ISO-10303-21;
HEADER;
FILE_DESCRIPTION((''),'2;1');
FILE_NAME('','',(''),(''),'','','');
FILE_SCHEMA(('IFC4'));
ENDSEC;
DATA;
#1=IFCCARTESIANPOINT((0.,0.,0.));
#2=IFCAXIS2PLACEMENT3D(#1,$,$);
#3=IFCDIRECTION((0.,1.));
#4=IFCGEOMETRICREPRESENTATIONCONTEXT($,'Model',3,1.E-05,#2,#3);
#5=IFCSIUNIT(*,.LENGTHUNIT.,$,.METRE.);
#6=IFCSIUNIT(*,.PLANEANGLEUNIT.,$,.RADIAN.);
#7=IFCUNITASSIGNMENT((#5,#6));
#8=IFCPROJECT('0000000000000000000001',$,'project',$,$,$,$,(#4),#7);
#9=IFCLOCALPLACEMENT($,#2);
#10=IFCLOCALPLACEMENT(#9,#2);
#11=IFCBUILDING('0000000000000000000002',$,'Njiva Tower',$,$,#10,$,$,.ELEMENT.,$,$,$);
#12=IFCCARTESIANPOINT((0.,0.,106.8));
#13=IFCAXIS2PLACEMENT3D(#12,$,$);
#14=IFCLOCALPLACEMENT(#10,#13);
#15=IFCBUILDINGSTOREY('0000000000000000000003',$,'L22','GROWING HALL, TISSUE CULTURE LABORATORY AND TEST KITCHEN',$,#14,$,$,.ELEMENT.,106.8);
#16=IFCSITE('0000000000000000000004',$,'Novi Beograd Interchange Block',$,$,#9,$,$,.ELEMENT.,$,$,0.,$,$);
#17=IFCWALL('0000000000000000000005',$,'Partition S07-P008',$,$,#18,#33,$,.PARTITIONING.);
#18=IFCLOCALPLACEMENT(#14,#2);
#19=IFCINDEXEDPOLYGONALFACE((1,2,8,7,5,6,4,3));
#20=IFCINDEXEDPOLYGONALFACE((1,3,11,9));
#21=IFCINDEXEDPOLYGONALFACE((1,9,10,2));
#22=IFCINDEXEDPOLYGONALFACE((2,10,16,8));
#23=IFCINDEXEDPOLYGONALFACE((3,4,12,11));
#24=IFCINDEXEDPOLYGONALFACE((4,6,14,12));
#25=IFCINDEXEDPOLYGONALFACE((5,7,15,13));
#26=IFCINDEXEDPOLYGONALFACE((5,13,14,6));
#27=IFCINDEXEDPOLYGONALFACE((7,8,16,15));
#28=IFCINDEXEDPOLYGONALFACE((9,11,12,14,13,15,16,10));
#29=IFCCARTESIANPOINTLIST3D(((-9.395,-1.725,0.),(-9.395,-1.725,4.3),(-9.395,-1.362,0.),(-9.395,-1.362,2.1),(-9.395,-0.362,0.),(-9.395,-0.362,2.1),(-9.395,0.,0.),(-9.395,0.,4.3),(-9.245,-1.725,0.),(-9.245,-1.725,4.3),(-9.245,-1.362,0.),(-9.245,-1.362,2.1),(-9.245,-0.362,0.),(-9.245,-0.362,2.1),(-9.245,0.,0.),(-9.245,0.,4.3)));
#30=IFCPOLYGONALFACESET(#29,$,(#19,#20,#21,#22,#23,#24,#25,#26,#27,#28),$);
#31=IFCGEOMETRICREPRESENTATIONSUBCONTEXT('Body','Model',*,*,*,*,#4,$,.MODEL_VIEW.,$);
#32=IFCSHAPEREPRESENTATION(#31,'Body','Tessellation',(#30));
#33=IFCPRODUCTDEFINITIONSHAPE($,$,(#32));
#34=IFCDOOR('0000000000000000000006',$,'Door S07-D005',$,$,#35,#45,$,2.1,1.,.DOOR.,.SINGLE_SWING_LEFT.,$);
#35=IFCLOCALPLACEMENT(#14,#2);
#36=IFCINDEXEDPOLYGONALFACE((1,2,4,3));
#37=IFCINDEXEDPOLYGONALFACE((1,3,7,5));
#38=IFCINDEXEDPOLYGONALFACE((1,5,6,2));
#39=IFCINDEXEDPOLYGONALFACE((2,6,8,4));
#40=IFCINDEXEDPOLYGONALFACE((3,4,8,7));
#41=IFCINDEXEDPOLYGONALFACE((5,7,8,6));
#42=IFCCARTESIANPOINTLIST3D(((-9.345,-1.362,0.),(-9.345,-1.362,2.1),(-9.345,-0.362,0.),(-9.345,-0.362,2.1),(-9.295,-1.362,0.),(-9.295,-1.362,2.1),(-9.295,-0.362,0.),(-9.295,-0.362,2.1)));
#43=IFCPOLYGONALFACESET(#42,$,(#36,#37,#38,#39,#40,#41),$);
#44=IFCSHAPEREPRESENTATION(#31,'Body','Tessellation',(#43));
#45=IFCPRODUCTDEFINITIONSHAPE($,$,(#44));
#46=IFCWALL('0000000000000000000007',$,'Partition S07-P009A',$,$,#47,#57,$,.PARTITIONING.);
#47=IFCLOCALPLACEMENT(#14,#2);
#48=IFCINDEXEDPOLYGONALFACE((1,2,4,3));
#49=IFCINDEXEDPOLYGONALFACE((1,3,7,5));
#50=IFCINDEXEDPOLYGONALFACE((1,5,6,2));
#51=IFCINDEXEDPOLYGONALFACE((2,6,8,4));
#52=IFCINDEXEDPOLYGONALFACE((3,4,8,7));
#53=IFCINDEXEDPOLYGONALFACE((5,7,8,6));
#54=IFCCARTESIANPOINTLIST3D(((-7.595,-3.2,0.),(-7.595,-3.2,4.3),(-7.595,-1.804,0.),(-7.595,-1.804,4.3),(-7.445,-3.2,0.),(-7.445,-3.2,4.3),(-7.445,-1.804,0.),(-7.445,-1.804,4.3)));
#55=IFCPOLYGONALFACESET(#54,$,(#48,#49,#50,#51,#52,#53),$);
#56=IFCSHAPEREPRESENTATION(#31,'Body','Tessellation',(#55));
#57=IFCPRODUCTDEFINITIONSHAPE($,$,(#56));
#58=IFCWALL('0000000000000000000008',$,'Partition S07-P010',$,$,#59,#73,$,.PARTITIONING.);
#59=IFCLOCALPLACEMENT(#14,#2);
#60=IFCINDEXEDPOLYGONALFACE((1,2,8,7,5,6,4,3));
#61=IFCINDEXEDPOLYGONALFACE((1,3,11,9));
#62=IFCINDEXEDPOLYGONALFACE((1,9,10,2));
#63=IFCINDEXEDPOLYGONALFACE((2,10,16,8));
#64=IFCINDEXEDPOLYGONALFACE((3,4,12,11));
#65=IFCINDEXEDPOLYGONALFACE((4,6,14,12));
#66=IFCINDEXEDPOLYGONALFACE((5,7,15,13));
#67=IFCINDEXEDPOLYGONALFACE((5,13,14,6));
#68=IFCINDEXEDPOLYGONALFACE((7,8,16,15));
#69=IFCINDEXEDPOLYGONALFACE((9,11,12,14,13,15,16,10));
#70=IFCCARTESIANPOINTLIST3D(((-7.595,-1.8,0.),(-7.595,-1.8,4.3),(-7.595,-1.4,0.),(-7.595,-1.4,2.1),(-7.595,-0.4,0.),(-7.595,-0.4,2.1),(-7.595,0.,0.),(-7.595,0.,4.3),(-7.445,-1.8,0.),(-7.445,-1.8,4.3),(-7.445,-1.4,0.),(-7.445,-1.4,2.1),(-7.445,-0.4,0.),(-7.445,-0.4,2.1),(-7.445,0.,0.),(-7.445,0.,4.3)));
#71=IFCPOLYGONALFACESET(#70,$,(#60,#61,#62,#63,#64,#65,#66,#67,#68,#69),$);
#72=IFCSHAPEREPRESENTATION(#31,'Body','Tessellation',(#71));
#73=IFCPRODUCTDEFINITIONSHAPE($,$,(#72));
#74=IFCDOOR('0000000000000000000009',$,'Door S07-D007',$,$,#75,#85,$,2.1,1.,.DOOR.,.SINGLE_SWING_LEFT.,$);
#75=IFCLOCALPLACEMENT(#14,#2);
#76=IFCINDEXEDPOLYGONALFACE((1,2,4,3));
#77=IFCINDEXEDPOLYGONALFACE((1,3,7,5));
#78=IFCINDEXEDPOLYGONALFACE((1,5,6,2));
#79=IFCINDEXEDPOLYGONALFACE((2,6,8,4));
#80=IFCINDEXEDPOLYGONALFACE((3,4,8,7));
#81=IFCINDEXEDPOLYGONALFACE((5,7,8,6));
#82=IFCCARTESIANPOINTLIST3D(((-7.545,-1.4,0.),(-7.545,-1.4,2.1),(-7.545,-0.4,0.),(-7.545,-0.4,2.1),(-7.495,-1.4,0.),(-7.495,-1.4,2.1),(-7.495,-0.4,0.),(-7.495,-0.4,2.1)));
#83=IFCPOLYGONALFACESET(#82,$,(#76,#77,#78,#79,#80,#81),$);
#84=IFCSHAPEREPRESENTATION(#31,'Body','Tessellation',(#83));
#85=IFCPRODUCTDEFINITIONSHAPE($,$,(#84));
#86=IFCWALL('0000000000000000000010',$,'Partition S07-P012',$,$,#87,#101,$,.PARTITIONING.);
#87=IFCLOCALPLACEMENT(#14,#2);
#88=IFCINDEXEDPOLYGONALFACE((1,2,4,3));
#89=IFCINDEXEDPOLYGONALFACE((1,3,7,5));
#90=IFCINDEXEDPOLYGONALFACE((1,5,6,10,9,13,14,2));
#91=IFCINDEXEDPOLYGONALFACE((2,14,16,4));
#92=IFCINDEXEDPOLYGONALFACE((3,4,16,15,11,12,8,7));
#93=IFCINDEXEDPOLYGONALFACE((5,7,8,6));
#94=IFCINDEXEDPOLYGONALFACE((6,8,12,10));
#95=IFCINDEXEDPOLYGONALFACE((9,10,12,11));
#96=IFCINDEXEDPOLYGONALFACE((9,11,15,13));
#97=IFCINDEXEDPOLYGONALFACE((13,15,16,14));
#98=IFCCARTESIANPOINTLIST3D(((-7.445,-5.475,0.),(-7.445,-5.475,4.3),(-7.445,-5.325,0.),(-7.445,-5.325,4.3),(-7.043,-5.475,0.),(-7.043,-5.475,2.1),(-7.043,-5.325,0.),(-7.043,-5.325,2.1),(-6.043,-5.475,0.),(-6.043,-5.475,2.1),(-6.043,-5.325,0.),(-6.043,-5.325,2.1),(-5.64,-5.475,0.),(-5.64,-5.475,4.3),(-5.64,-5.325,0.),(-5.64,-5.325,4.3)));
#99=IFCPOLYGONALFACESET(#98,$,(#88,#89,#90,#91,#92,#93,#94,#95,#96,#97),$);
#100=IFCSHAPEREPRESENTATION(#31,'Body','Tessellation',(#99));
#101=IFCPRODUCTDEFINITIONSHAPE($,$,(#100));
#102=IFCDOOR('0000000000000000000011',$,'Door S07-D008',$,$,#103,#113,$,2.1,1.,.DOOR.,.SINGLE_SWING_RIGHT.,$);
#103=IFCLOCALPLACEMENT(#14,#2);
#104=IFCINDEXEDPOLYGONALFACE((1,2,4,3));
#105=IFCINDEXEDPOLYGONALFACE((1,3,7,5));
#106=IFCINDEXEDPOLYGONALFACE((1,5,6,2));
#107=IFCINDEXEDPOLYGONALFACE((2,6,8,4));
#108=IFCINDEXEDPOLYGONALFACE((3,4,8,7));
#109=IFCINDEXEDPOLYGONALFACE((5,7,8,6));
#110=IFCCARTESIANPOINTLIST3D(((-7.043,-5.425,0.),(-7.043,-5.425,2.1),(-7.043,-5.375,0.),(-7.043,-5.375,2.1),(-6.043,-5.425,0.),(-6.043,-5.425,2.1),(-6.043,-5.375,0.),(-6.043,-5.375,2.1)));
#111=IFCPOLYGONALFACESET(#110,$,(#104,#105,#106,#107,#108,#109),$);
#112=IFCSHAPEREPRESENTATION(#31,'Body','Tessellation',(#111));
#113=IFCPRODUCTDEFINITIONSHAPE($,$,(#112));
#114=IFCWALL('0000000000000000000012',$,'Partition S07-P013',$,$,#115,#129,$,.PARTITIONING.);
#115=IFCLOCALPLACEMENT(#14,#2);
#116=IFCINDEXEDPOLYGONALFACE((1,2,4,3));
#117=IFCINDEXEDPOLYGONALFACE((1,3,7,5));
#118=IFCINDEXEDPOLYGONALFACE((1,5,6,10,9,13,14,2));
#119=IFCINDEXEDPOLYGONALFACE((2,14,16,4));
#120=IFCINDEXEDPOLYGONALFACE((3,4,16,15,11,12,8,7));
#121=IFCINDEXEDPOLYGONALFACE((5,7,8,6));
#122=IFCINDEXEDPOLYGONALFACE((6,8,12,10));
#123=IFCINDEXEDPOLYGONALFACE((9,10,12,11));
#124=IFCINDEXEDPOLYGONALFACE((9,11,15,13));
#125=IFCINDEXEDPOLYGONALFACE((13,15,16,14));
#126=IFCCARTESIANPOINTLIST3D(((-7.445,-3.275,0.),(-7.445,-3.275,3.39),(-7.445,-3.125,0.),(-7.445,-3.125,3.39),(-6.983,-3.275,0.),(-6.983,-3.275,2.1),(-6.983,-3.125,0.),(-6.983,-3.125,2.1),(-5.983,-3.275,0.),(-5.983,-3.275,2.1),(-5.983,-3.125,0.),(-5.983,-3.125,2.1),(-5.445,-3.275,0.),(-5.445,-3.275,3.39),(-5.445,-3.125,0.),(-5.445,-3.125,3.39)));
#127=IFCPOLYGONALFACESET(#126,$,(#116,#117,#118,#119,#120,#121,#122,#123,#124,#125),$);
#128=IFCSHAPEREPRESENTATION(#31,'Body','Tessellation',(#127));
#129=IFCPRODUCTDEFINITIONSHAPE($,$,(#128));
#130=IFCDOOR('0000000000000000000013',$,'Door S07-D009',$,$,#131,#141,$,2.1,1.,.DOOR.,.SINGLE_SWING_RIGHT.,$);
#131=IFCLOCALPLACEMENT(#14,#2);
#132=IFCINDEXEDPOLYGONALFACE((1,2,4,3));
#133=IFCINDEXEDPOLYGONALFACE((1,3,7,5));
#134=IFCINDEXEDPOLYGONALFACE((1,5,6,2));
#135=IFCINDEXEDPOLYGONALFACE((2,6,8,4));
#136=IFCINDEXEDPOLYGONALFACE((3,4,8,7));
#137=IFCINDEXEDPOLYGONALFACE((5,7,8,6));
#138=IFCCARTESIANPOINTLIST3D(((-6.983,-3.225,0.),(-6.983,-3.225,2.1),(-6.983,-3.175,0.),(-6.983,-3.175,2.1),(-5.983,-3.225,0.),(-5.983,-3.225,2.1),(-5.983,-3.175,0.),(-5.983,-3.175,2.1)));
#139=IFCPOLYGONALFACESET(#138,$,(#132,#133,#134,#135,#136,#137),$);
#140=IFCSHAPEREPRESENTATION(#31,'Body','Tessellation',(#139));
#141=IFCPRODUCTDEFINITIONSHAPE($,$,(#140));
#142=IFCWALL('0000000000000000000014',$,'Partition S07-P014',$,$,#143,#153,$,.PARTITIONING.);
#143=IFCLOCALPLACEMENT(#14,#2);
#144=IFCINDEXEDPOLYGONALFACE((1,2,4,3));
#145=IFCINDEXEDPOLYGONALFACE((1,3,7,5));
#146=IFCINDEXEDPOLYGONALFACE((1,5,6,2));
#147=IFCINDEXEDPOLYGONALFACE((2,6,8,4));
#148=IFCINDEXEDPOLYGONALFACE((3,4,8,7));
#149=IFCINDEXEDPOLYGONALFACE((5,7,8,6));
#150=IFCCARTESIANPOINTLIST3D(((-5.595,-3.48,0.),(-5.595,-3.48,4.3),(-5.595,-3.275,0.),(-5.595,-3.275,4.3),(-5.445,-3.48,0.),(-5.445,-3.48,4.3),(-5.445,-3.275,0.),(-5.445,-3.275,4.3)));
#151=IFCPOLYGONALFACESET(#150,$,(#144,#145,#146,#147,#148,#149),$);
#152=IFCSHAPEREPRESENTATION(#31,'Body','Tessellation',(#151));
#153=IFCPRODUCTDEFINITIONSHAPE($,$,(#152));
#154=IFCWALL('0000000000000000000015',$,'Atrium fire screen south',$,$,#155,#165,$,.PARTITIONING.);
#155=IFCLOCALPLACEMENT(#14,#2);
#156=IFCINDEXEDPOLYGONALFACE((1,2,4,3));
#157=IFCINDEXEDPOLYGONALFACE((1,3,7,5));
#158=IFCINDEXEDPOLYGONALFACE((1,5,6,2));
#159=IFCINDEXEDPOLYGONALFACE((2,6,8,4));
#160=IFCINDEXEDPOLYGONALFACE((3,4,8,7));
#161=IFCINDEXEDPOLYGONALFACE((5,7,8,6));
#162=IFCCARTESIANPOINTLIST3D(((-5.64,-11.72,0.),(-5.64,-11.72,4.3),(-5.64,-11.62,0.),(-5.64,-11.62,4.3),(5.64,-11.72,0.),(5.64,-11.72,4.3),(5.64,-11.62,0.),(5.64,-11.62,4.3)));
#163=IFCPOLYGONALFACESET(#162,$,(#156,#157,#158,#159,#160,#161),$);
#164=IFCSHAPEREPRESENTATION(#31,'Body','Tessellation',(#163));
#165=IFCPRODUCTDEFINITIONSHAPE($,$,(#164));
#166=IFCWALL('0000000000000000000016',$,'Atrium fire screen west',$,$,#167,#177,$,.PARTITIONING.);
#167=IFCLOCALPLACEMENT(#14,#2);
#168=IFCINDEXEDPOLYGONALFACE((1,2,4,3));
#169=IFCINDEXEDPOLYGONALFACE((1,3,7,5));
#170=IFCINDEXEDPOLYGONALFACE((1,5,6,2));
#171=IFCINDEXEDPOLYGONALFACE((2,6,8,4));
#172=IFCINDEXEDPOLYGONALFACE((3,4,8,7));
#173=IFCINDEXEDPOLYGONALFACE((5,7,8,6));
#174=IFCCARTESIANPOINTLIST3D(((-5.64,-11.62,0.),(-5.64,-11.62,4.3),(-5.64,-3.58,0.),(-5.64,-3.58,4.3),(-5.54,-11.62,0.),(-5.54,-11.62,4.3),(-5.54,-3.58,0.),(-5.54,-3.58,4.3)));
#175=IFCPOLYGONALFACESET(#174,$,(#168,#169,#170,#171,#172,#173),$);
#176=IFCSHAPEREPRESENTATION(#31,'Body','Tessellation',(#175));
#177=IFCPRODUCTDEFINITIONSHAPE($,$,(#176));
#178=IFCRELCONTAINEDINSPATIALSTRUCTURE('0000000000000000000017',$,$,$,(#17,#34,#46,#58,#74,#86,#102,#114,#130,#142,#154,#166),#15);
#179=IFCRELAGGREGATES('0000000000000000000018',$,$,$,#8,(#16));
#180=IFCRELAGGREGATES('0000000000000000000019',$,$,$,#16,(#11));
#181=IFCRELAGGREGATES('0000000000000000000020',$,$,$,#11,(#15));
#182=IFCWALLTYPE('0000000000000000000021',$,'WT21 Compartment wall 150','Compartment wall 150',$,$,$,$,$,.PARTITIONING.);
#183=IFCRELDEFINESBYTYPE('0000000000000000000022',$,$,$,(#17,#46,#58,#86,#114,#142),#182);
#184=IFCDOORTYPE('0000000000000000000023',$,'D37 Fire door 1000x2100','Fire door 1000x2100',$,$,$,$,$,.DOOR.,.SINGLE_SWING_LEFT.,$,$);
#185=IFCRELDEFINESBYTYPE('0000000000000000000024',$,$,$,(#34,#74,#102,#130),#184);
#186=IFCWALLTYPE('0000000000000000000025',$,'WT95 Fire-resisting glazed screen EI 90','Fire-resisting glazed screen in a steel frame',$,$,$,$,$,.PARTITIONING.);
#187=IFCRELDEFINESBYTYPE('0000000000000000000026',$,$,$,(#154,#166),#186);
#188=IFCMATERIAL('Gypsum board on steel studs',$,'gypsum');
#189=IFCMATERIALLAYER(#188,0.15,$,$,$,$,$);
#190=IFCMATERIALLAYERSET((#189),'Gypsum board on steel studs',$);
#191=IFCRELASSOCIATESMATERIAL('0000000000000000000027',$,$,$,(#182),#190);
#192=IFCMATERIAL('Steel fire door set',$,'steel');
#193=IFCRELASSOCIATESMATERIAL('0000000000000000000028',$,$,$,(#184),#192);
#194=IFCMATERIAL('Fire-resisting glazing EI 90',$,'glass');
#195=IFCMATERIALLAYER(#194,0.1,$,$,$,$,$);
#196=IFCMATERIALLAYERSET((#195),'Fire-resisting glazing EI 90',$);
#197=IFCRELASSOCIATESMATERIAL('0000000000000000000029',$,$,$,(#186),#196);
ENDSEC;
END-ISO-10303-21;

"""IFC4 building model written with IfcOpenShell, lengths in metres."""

from ifc_helpers import new_model, si_unit, direction, frame, frame_2d, origin, place, context, subcontext, project, spatial, rectangle, extrude, material, layer, layer_set, type_object, element, fill, save


model = new_model("IFC4")

# Units and contexts
model_context = context("Model", 3, precision=1e-05, world=origin(), true_north=direction((0.0, 1.0)))
body_context = subcontext(model_context, "Body", "Model", "MODEL_VIEW")
ifc_project = project(units=[si_unit("LENGTHUNIT", "METRE"), si_unit("PLANEANGLEUNIT", "RADIAN")], contexts=[model_context])

# Site, building, storey
site_placement = place(None, origin())
site = spatial("IfcSite", under=ifc_project, at=site_placement, Name="Novi Beograd Interchange Block", CompositionType="ELEMENT", RefElevation=0.0)
building_placement = place(site_placement, origin())
building = spatial("IfcBuilding", under=site, at=building_placement, Name="Njiva Tower", CompositionType="ELEMENT")
storey_placement = place(building_placement, frame((0.0, 0.0, 106.8)))
storey = spatial("IfcBuildingStorey", under=building, at=storey_placement, Name="L22", Description="GROWING HALL, TISSUE CULTURE LABORATORY AND TEST KITCHEN", CompositionType="ELEMENT", Elevation=106.8)

# Wall, opening, door
ifc_material_1 = material(Name="Gypsum board on steel studs", Category="gypsum")
ifc_layer_1 = layer(ifc_material_1, 0.15)
ifc_layer_set_1 = layer_set([ifc_layer_1], Name="Gypsum board on steel studs")
wall_type_1 = type_object("IfcWallType", Name="WT21 Compartment wall 150", Description="Compartment wall 150", PredefinedType="PARTITIONING", material=ifc_layer_set_1)
wall_1_placement = place(storey_placement, frame((-9.32, -1.725, 0.0), z_axis=(0.0, 0.0, 1.0), x_axis=(0.0, 1.0, 0.0)))
wall_1 = element("IfcWall", 1, at=wall_1_placement, inside=storey, type_object=wall_type_1, Name="Partition S07-P008", PredefinedType="PARTITIONING", context=body_context, shape_type="SweptSolid", body=[
    extrude(rectangle(XDim=1.725, YDim=0.15, at=frame_2d((0.8625, 0.0))), origin(), (0.0, 0.0, 1.0), 4.3),
])
opening_1_placement = place(wall_1_placement, frame((0.363, 0.0, 0.0)))
opening_1 = element("IfcOpeningElement", 2, at=opening_1_placement, cuts=wall_1, PredefinedType="OPENING", context=body_context, shape_type="SweptSolid", body=[
    extrude(rectangle(XDim=1.0, YDim=2.1, at=frame_2d((0.5, 1.05))), frame((0.0, 0.085, 0.0), z_axis=(0.0, -1.0, 0.0), x_axis=(1.0, 0.0, 0.0)), (0.0, 0.0, 1.0), 0.17),
])
ifc_material_2 = material(Name="Steel fire door set", Category="steel")
door_type = type_object("IfcDoorType", Name="D37 Fire door 1000x2100", Description="Fire door 1000x2100", OperationType="SINGLE_SWING_LEFT", PredefinedType="DOOR", material=ifc_material_2)
door_1_placement = place(opening_1_placement, origin())
door_1 = element("IfcDoor", 3, at=door_1_placement, inside=storey, type_object=door_type, Name="Door S07-D005", OperationType="SINGLE_SWING_LEFT", OverallHeight=2.1, OverallWidth=1.0, PredefinedType="DOOR", context=body_context, shape_type="SweptSolid", body=[
    extrude(rectangle(XDim=1.0, YDim=2.1, at=frame_2d((0.5, 1.05))), frame((0.0, 0.025, 0.0), z_axis=(0.0, -1.0, 0.0), x_axis=(1.0, 0.0, 0.0)), (0.0, 0.0, 1.0), 0.05),
])
fill(opening_1, door_1)

# Wall
wall_2_placement = place(storey_placement, frame((-7.52, -3.2, 0.0), z_axis=(0.0, 0.0, 1.0), x_axis=(0.0, 1.0, 0.0)))
element("IfcWall", 4, at=wall_2_placement, inside=storey, type_object=wall_type_1, Name="Partition S07-P009A", PredefinedType="PARTITIONING", context=body_context, shape_type="SweptSolid", body=[
    extrude(rectangle(XDim=1.396, YDim=0.15, at=frame_2d((0.698, 0.0))), origin(), (0.0, 0.0, 1.0), 4.3),
])

# Walls, openings, doors
wall_3_placement = place(storey_placement, frame((-7.52, -1.8, 0.0), z_axis=(0.0, 0.0, 1.0), x_axis=(0.0, 1.0, 0.0)))
wall_3 = element("IfcWall", 5, at=wall_3_placement, inside=storey, type_object=wall_type_1, Name="Partition S07-P010", PredefinedType="PARTITIONING", context=body_context, shape_type="SweptSolid", body=[
    extrude(rectangle(XDim=1.8, YDim=0.15, at=frame_2d((0.9, 0.0))), origin(), (0.0, 0.0, 1.0), 4.3),
])
opening_2_placement = place(wall_3_placement, frame((0.4, 0.0, 0.0)))
opening_2 = element("IfcOpeningElement", 6, at=opening_2_placement, cuts=wall_3, PredefinedType="OPENING", context=body_context, shape_type="SweptSolid", body=[
    extrude(rectangle(XDim=1.0, YDim=2.1, at=frame_2d((0.5, 1.05))), frame((0.0, 0.085, 0.0), z_axis=(0.0, -1.0, 0.0), x_axis=(1.0, 0.0, 0.0)), (0.0, 0.0, 1.0), 0.17),
])
door_2_placement = place(opening_2_placement, origin())
door_2 = element("IfcDoor", 7, at=door_2_placement, inside=storey, type_object=door_type, Name="Door S07-D007", OperationType="SINGLE_SWING_LEFT", OverallHeight=2.1, OverallWidth=1.0, PredefinedType="DOOR", context=body_context, shape_type="SweptSolid", body=[
    extrude(rectangle(XDim=1.0, YDim=2.1, at=frame_2d((0.5, 1.05))), frame((0.0, 0.025, 0.0), z_axis=(0.0, -1.0, 0.0), x_axis=(1.0, 0.0, 0.0)), (0.0, 0.0, 1.0), 0.05),
])
fill(opening_2, door_2)
wall_4_placement = place(storey_placement, frame((-7.445, -5.4, 0.0), z_axis=(0.0, 0.0, 1.0), x_axis=(1.0, 0.0, 0.0)))
wall_4 = element("IfcWall", 8, at=wall_4_placement, inside=storey, type_object=wall_type_1, Name="Partition S07-P012", PredefinedType="PARTITIONING", context=body_context, shape_type="SweptSolid", body=[
    extrude(rectangle(XDim=1.805, YDim=0.15, at=frame_2d((0.9025, 0.0))), origin(), (0.0, 0.0, 1.0), 4.3),
])
opening_3_placement = place(wall_4_placement, frame((0.402, 0.0, 0.0)))
opening_3 = element("IfcOpeningElement", 9, at=opening_3_placement, cuts=wall_4, PredefinedType="OPENING", context=body_context, shape_type="SweptSolid", body=[
    extrude(rectangle(XDim=1.0, YDim=2.1, at=frame_2d((0.5, 1.05))), frame((0.0, 0.085, 0.0), z_axis=(0.0, -1.0, 0.0), x_axis=(1.0, 0.0, 0.0)), (0.0, 0.0, 1.0), 0.17),
])
door_3_placement = place(opening_3_placement, origin())
door_3 = element("IfcDoor", 10, at=door_3_placement, inside=storey, type_object=door_type, Name="Door S07-D008", OperationType="SINGLE_SWING_RIGHT", OverallHeight=2.1, OverallWidth=1.0, PredefinedType="DOOR", context=body_context, shape_type="SweptSolid", body=[
    extrude(rectangle(XDim=1.0, YDim=2.1, at=frame_2d((0.5, 1.05))), frame((0.0, 0.025, 0.0), z_axis=(0.0, -1.0, 0.0), x_axis=(1.0, 0.0, 0.0)), (0.0, 0.0, 1.0), 0.05),
])
fill(opening_3, door_3)
wall_5_placement = place(storey_placement, frame((-7.445, -3.2, 0.0), z_axis=(0.0, 0.0, 1.0), x_axis=(1.0, 0.0, 0.0)))
wall_5 = element("IfcWall", 11, at=wall_5_placement, inside=storey, type_object=wall_type_1, Name="Partition S07-P013", PredefinedType="PARTITIONING", context=body_context, shape_type="SweptSolid", body=[
    extrude(rectangle(XDim=2.0, YDim=0.15, at=frame_2d((1.0, 0.0))), origin(), (0.0, 0.0, 1.0), 3.39),
])
opening_4_placement = place(wall_5_placement, frame((0.462, 0.0, 0.0)))
opening_4 = element("IfcOpeningElement", 12, at=opening_4_placement, cuts=wall_5, PredefinedType="OPENING", context=body_context, shape_type="SweptSolid", body=[
    extrude(rectangle(XDim=1.0, YDim=2.1, at=frame_2d((0.5, 1.05))), frame((0.0, 0.085, 0.0), z_axis=(0.0, -1.0, 0.0), x_axis=(1.0, 0.0, 0.0)), (0.0, 0.0, 1.0), 0.17),
])
door_4_placement = place(opening_4_placement, origin())
door_4 = element("IfcDoor", 13, at=door_4_placement, inside=storey, type_object=door_type, Name="Door S07-D009", OperationType="SINGLE_SWING_RIGHT", OverallHeight=2.1, OverallWidth=1.0, PredefinedType="DOOR", context=body_context, shape_type="SweptSolid", body=[
    extrude(rectangle(XDim=1.0, YDim=2.1, at=frame_2d((0.5, 1.05))), frame((0.0, 0.025, 0.0), z_axis=(0.0, -1.0, 0.0), x_axis=(1.0, 0.0, 0.0)), (0.0, 0.0, 1.0), 0.05),
])
fill(opening_4, door_4)

# Walls
wall_6_placement = place(storey_placement, frame((-5.52, -3.48, 0.0), z_axis=(0.0, 0.0, 1.0), x_axis=(0.0, 1.0, 0.0)))
element("IfcWall", 14, at=wall_6_placement, inside=storey, type_object=wall_type_1, Name="Partition S07-P014", PredefinedType="PARTITIONING", context=body_context, shape_type="SweptSolid", body=[
    extrude(rectangle(XDim=0.205, YDim=0.15, at=frame_2d((0.1025, 0.0))), origin(), (0.0, 0.0, 1.0), 4.3),
])
ifc_material_3 = material(Name="Fire-resisting glazing EI 90", Category="glass")
ifc_layer_2 = layer(ifc_material_3, 0.1)
ifc_layer_set_2 = layer_set([ifc_layer_2], Name="Fire-resisting glazing EI 90")
wall_type_2 = type_object("IfcWallType", Name="WT95 Fire-resisting glazed screen EI 90", Description="Fire-resisting glazed screen in a steel frame", PredefinedType="PARTITIONING", material=ifc_layer_set_2)
wall_7_placement = place(storey_placement, frame((-5.64, -11.67, 0.0), z_axis=(0.0, 0.0, 1.0), x_axis=(1.0, 0.0, 0.0)))
element("IfcWall", 15, at=wall_7_placement, inside=storey, type_object=wall_type_2, Name="Atrium fire screen south", PredefinedType="PARTITIONING", context=body_context, shape_type="SweptSolid", body=[
    extrude(rectangle(XDim=11.28, YDim=0.1, at=frame_2d((5.64, 0.0))), origin(), (0.0, 0.0, 1.0), 4.3),
])
wall_8_placement = place(storey_placement, frame((-5.59, -3.58, 0.0), z_axis=(0.0, 0.0, 1.0), x_axis=(0.0, -1.0, 0.0)))
element("IfcWall", 16, at=wall_8_placement, inside=storey, type_object=wall_type_2, Name="Atrium fire screen west", PredefinedType="PARTITIONING", context=body_context, shape_type="SweptSolid", body=[
    extrude(rectangle(XDim=8.04, YDim=0.1, at=frame_2d((4.02, 0.0))), origin(), (0.0, 0.0, 1.0), 4.3),
])

save(model, "model.ifc")
